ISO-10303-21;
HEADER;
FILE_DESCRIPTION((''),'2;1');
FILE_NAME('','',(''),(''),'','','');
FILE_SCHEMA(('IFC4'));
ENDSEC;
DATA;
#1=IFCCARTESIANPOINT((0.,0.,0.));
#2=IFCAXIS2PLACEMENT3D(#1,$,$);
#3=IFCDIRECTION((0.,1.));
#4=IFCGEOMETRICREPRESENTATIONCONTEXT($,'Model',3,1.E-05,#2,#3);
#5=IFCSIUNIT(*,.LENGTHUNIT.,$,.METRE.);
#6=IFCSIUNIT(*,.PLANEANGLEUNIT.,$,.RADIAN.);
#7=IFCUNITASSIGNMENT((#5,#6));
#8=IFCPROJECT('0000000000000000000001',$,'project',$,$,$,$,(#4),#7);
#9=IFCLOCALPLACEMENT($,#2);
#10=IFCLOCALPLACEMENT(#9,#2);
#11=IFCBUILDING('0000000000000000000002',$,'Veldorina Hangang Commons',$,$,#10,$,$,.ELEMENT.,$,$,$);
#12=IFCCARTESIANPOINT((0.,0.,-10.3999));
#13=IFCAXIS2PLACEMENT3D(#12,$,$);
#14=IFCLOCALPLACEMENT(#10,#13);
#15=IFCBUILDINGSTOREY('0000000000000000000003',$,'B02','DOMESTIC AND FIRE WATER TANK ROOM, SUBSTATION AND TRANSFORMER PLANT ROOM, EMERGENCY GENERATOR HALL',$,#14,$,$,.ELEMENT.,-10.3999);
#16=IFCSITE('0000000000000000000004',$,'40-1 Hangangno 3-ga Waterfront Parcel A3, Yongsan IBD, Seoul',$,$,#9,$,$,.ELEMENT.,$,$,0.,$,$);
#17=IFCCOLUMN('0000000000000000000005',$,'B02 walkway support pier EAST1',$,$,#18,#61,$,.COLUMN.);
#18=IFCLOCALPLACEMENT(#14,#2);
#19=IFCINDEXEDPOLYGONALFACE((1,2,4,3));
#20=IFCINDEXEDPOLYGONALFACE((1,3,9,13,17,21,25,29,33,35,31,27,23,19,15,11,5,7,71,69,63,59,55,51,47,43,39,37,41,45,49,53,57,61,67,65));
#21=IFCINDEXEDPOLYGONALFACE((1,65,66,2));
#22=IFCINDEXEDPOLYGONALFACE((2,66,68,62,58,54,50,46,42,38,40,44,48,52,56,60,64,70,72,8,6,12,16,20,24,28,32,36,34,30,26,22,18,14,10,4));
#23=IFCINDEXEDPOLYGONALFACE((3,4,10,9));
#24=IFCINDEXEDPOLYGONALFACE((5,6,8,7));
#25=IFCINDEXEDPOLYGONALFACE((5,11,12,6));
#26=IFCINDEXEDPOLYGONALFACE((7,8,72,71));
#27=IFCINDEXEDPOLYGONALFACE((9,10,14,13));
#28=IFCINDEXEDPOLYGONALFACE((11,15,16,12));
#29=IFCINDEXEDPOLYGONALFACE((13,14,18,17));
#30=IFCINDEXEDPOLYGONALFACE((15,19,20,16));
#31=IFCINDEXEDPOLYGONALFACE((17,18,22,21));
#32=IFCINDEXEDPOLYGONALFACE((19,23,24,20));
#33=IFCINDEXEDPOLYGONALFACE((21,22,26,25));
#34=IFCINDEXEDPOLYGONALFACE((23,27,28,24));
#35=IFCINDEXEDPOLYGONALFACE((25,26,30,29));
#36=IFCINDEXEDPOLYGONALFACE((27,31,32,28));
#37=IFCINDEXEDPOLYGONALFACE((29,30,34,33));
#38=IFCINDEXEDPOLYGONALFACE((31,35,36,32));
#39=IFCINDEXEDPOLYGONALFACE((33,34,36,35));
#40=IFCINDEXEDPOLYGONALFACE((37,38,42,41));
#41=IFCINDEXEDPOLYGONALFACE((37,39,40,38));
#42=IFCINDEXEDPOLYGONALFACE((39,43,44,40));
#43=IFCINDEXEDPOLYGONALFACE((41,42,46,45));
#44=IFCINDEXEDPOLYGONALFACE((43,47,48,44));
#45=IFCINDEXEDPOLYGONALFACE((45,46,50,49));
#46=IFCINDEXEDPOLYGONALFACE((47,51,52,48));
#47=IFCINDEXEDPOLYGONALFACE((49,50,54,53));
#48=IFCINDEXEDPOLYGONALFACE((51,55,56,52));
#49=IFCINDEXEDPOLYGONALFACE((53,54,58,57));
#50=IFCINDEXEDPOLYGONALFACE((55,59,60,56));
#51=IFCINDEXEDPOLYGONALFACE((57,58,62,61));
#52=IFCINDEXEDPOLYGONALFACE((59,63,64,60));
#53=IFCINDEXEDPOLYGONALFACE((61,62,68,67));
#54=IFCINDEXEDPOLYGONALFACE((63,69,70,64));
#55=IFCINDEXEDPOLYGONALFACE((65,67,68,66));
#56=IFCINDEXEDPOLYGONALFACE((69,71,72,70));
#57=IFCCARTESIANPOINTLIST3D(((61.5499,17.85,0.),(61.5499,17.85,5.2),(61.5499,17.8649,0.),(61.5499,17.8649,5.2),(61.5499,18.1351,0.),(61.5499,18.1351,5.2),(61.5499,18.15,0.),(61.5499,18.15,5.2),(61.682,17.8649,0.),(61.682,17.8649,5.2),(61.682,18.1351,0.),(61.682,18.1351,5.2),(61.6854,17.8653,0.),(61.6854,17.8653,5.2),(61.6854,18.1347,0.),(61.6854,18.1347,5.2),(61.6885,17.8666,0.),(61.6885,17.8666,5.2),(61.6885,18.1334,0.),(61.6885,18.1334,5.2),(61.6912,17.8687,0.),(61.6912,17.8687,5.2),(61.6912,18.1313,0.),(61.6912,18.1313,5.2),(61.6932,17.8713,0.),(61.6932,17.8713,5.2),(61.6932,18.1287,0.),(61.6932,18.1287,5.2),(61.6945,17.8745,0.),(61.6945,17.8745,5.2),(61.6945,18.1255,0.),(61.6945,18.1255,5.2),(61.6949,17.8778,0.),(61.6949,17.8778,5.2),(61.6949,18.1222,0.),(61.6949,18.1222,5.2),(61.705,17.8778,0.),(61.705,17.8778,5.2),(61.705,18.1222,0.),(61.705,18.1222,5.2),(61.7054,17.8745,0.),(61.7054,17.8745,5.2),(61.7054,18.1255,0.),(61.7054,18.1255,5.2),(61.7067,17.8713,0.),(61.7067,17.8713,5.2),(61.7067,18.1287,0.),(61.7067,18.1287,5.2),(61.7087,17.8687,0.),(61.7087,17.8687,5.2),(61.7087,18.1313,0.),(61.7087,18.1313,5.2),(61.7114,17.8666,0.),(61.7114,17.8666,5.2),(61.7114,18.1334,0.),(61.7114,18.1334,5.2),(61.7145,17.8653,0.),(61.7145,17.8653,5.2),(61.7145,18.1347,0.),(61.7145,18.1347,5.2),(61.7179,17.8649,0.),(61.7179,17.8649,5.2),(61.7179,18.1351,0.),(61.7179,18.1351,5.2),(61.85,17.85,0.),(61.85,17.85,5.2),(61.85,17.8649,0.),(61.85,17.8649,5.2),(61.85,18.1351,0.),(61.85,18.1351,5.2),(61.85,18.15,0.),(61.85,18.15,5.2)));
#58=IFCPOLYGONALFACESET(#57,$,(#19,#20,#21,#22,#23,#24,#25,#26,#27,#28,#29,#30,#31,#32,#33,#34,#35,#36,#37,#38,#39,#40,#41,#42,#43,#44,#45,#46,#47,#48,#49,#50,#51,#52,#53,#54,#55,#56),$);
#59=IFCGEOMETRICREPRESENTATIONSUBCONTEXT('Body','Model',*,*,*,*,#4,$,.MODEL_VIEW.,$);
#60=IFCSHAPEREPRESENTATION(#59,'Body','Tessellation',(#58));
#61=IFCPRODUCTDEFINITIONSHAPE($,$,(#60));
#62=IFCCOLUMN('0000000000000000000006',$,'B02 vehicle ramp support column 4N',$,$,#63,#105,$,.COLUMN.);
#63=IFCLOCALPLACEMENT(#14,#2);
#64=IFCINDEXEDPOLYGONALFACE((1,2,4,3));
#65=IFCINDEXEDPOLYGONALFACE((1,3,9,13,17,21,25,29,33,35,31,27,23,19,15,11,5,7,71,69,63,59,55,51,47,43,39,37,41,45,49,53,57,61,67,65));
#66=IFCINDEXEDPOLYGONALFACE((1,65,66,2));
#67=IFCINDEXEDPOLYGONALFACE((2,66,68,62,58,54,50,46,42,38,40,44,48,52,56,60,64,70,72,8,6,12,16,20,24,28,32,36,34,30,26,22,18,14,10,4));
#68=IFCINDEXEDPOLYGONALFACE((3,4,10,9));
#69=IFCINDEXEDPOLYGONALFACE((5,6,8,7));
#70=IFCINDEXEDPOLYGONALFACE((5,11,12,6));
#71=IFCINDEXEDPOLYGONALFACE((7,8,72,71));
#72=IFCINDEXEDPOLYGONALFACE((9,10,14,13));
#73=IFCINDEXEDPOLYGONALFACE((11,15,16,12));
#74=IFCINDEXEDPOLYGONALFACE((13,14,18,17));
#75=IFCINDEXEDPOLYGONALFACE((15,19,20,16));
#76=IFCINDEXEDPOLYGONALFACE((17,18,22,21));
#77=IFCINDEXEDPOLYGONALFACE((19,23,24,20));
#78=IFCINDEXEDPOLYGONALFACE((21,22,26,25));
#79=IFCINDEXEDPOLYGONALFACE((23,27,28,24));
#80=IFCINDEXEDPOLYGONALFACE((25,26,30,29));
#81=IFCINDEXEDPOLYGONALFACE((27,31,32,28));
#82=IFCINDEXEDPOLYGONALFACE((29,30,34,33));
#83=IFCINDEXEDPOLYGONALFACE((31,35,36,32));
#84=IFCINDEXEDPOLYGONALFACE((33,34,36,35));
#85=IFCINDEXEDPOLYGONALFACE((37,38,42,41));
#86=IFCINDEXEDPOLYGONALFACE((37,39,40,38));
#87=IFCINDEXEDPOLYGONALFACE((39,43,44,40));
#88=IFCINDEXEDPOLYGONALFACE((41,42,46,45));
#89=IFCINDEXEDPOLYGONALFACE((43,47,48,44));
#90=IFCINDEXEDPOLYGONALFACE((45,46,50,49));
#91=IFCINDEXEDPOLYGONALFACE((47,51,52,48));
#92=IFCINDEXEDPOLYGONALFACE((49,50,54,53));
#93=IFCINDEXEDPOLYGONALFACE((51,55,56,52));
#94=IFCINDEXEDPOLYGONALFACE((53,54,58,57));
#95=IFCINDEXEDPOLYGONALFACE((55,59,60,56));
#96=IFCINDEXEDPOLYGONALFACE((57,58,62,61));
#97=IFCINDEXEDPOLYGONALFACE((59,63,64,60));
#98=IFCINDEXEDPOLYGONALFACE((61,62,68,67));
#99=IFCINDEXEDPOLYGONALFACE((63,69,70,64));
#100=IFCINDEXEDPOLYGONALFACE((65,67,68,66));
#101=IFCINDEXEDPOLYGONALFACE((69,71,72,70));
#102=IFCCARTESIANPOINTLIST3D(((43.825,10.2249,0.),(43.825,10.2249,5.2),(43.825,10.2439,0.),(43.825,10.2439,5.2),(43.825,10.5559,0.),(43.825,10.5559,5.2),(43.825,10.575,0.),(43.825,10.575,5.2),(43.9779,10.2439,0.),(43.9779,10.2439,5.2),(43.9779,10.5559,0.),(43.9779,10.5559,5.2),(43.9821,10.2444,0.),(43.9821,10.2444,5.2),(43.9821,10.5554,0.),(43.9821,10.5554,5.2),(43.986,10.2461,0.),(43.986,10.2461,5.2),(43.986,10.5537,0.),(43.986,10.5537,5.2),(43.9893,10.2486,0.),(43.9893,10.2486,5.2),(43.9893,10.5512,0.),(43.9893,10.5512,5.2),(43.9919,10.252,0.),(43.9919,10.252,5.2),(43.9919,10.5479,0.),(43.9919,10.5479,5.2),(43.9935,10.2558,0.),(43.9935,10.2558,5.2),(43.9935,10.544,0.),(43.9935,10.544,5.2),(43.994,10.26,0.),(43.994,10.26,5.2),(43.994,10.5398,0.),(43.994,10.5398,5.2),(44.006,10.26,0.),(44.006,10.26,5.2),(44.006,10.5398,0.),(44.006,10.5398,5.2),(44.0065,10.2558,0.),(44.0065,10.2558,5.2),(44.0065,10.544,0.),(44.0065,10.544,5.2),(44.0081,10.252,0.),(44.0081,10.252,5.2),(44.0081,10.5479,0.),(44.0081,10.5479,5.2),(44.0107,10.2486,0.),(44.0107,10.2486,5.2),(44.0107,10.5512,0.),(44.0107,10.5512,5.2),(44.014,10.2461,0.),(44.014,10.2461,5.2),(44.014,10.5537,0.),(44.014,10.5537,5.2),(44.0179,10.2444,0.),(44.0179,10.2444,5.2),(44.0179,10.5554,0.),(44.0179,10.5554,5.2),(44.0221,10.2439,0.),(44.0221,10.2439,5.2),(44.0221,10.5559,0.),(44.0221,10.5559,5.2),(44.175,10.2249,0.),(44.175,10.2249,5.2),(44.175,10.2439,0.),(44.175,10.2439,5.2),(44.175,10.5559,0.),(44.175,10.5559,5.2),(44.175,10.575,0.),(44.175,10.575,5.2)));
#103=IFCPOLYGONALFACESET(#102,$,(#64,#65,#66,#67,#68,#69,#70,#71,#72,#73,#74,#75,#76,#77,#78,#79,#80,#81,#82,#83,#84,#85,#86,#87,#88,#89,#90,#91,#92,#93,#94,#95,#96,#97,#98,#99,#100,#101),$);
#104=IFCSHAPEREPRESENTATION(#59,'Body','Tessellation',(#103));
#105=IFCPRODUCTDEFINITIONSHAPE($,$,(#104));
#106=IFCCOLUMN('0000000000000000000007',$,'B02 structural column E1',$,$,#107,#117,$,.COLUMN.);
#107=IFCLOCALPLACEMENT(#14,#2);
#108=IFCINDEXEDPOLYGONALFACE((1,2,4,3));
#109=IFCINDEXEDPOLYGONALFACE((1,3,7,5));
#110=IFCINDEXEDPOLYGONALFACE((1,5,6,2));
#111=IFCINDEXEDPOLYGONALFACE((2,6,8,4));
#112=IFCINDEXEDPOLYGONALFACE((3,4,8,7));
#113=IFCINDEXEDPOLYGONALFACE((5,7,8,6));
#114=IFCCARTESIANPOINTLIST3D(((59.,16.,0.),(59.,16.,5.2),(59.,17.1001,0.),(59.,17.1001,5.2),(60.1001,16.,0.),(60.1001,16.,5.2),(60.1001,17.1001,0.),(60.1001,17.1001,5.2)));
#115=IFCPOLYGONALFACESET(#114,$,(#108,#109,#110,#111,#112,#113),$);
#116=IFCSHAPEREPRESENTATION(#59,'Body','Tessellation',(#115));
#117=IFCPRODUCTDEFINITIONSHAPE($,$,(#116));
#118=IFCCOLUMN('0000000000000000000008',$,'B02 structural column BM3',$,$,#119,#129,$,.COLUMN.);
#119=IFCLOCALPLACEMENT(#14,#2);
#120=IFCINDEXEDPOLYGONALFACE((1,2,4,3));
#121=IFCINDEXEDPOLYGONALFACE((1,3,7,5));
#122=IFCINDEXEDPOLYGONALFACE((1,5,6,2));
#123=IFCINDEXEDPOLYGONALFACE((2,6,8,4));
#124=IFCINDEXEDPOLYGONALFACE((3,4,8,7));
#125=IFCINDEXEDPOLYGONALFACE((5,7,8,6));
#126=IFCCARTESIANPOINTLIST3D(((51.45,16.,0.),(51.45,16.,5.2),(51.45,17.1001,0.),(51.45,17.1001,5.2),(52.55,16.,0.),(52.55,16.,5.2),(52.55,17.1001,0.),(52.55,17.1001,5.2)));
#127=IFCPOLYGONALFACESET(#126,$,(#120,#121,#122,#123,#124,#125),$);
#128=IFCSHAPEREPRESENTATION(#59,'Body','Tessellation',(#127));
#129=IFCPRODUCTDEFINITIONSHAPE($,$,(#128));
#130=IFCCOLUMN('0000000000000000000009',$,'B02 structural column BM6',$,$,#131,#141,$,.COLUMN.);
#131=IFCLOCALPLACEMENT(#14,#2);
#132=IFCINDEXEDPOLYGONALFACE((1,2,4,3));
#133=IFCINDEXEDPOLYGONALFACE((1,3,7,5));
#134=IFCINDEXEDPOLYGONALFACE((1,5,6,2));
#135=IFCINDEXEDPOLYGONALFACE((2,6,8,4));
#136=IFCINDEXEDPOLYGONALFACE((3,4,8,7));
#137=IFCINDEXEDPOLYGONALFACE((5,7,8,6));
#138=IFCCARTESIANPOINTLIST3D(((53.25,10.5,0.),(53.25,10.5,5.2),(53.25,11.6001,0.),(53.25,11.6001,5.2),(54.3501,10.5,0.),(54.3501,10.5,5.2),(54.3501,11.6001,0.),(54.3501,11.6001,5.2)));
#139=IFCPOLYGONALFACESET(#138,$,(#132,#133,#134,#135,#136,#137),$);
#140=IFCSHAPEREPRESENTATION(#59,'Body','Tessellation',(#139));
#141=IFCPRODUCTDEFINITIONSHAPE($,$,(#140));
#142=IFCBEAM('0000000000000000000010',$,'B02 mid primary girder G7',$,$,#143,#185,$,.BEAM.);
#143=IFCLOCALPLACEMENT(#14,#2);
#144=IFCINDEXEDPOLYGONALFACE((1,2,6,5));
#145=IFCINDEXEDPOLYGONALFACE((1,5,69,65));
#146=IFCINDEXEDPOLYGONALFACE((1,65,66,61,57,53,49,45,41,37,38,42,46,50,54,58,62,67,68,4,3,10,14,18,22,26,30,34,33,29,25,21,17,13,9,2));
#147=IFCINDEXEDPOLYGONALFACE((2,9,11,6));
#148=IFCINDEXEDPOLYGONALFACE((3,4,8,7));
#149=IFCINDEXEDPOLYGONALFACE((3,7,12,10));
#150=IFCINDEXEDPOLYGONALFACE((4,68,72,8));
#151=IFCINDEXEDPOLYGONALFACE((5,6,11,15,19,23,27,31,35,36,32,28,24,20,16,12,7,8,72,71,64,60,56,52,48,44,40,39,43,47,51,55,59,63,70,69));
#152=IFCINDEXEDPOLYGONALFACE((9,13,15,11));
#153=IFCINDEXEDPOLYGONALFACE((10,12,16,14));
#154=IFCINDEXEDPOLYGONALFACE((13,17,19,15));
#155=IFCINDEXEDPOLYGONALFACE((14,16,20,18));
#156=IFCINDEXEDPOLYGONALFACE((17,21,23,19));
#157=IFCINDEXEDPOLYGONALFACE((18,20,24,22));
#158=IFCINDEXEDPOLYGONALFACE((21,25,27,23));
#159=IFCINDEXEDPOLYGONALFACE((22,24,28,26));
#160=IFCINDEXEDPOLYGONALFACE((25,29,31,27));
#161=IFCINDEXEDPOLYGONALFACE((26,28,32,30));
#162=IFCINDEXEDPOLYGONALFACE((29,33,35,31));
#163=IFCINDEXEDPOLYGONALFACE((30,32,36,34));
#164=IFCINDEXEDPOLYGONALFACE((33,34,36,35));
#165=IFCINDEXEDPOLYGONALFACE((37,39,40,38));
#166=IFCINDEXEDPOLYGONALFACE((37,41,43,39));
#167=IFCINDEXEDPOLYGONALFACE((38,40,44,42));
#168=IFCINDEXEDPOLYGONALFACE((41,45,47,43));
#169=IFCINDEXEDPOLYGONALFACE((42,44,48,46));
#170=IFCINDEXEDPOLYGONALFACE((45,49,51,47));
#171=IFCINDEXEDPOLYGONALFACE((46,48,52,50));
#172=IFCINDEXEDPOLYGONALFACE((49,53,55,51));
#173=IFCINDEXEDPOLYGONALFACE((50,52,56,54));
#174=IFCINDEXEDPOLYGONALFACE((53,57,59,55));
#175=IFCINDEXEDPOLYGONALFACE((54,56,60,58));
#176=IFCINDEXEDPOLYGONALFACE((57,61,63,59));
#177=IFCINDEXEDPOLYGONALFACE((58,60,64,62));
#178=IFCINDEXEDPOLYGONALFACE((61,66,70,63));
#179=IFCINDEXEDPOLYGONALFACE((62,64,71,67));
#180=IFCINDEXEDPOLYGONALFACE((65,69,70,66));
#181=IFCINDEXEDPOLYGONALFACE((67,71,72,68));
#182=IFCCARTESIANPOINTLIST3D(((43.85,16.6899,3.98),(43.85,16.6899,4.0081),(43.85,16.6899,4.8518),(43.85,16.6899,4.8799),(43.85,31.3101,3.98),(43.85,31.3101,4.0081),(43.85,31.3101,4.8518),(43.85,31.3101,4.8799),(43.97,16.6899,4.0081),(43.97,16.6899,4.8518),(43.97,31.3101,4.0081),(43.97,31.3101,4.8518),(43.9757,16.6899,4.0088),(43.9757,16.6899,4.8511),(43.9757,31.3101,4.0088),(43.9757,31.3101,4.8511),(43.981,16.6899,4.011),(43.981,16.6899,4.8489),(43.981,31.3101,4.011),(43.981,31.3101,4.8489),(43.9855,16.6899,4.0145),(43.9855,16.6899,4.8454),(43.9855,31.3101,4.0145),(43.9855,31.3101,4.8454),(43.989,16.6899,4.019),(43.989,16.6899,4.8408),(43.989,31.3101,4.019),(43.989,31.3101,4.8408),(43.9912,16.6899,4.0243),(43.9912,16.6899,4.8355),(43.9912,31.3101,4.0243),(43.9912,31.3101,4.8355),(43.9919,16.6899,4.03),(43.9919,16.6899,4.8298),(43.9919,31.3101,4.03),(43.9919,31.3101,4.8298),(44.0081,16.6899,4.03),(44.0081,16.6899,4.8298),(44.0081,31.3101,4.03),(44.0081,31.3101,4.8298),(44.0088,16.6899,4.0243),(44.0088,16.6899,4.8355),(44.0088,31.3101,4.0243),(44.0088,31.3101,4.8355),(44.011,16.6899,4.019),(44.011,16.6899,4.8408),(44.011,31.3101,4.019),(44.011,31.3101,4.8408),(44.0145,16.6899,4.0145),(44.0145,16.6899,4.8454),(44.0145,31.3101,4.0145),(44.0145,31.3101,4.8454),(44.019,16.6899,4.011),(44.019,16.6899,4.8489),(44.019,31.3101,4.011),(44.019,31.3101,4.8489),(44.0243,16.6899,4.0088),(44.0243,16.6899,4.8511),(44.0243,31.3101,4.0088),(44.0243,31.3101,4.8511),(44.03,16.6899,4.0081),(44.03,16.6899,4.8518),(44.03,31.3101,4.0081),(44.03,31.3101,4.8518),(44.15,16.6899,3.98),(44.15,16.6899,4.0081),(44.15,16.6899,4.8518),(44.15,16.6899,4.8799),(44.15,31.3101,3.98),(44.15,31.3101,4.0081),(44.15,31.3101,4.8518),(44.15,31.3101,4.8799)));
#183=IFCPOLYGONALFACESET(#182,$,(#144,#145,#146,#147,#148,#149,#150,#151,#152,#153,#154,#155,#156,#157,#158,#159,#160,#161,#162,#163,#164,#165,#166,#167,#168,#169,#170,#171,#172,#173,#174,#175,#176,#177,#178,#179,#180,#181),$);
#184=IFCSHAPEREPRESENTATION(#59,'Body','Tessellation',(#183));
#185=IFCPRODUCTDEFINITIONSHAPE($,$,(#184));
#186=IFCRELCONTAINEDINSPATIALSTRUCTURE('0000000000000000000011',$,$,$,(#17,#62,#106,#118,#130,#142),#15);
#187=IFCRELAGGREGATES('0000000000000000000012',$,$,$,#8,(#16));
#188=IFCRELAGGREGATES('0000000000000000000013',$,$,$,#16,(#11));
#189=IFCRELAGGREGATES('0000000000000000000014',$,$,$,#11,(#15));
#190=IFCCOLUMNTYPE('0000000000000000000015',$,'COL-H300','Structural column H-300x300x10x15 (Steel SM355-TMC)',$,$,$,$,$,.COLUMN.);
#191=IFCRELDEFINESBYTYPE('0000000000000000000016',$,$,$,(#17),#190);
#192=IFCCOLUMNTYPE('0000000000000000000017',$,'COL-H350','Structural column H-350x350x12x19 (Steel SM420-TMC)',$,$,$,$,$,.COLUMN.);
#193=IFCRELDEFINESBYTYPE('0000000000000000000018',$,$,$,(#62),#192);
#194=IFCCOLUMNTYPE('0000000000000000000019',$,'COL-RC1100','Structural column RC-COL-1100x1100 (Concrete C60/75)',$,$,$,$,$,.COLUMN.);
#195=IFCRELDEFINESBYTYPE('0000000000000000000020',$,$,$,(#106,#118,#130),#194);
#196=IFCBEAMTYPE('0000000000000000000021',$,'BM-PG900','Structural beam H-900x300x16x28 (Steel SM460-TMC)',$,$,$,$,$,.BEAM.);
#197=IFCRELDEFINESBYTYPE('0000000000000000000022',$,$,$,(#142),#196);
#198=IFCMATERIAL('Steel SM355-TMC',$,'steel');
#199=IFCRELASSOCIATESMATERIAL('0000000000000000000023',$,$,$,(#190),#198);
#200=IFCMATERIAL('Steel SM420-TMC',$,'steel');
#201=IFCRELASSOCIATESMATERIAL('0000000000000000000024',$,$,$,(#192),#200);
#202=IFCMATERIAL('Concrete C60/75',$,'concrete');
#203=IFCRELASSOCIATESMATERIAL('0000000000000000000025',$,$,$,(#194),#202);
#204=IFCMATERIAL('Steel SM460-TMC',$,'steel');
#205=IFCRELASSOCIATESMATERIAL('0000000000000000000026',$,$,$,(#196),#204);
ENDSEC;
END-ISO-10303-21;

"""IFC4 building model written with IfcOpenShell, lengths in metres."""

from ifc_helpers import new_model, si_unit, direction, frame, origin, origin_2d, place, context, subcontext, project, spatial, rectangle, i_section, extrude, material, material_profile, profile_set, type_object, element, save


model = new_model("IFC4")

# Units and contexts
model_context = context("Model", 3, precision=1e-05, world=origin(), true_north=direction((0.0, 1.0)))
body_context = subcontext(model_context, "Body", "Model", "MODEL_VIEW")
ifc_project = project(units=[si_unit("LENGTHUNIT", "METRE"), si_unit("PLANEANGLEUNIT", "RADIAN")], contexts=[model_context])

# Site, building, storey
site_placement = place(None, origin())
site = spatial("IfcSite", under=ifc_project, at=site_placement, Name="40-1 Hangangno 3-ga Waterfront Parcel A3, Yongsan IBD, Seoul", CompositionType="ELEMENT", RefElevation=0.0)
building_placement = place(site_placement, origin())
building = spatial("IfcBuilding", under=site, at=building_placement, Name="Veldorina Hangang Commons", CompositionType="ELEMENT")
storey_placement = place(building_placement, frame((0.0, 0.0, -10.3999)))
storey = spatial("IfcBuildingStorey", under=building, at=storey_placement, Name="B02", Description="DOMESTIC AND FIRE WATER TANK ROOM, SUBSTATION AND TRANSFORMER PLANT ROOM, EMERGENCY GENERATOR HALL", CompositionType="ELEMENT", Elevation=-10.3999)

# Columns
ifc_material_1 = material(Name="Steel SM355-TMC", Category="steel")
ifc_material_profile_1 = material_profile(ifc_material_1, i_section(OverallWidth=0.3, OverallDepth=0.3, WebThickness=0.01, FlangeThickness=0.0149, FilletRadius=0.0129, at=origin_2d()), Name="H-300x300x10x15")
ifc_profile_set_1 = profile_set([ifc_material_profile_1], Name="Steel SM355-TMC")
column_type_1 = type_object("IfcColumnType", Name="COL-H300", Description="Structural column H-300x300x10x15 (Steel SM355-TMC)", PredefinedType="COLUMN", material=ifc_profile_set_1)
column_1_placement = place(storey_placement, frame((61.7, 18.0, 0.0), z_axis=(0.0, 0.0, 1.0), x_axis=(1.0, 0.0, 0.0)))
element("IfcColumn", 1, at=column_1_placement, inside=storey, type_object=column_type_1, Name="B02 walkway support pier EAST1", PredefinedType="COLUMN", context=body_context, shape_type="SweptSolid", body=[
    extrude(i_section(OverallWidth=0.3, OverallDepth=0.3, WebThickness=0.01, FlangeThickness=0.0149, FilletRadius=0.0129, at=origin_2d()), origin(), (0.0, 0.0, 1.0), 5.2),
])
ifc_material_2 = material(Name="Steel SM420-TMC", Category="steel")
ifc_material_profile_2 = material_profile(ifc_material_2, i_section(OverallWidth=0.3501, OverallDepth=0.3501, WebThickness=0.012, FlangeThickness=0.019, FilletRadius=0.0161, at=origin_2d()), Name="H-350x350x12x19")
ifc_profile_set_2 = profile_set([ifc_material_profile_2], Name="Steel SM420-TMC")
column_type_2 = type_object("IfcColumnType", Name="COL-H350", Description="Structural column H-350x350x12x19 (Steel SM420-TMC)", PredefinedType="COLUMN", material=ifc_profile_set_2)
column_2_placement = place(storey_placement, frame((44.0, 10.3999, 0.0), z_axis=(0.0, 0.0, 1.0), x_axis=(1.0, 0.0, 0.0)))
element("IfcColumn", 2, at=column_2_placement, inside=storey, type_object=column_type_2, Name="B02 vehicle ramp support column 4N", PredefinedType="COLUMN", context=body_context, shape_type="SweptSolid", body=[
    extrude(i_section(OverallWidth=0.3501, OverallDepth=0.3501, WebThickness=0.012, FlangeThickness=0.019, FilletRadius=0.0161, at=origin_2d()), origin(), (0.0, 0.0, 1.0), 5.2),
])
ifc_material_3 = material(Name="Concrete C60/75", Category="concrete")
ifc_material_profile_3 = material_profile(ifc_material_3, rectangle(XDim=1.1001, YDim=1.1001, at=origin_2d()), Name="RC-COL-1100x1100")
ifc_profile_set_3 = profile_set([ifc_material_profile_3], Name="Concrete C60/75")
column_type_3 = type_object("IfcColumnType", Name="COL-RC1100", Description="Structural column RC-COL-1100x1100 (Concrete C60/75)", PredefinedType="COLUMN", material=ifc_profile_set_3)
for number, where, z_axis, x_axis, name in (
    (3, (59.55, 16.55, 0.0), (0.0, 0.0, 1.0), (1.0, 0.0, 0.0), "B02 structural column E1"),
    (4, (52.0, 16.55, 0.0), (0.0, 0.0, 1.0), (1.0, 0.0, 0.0), "B02 structural column BM3"),
    (5, (53.8, 11.05, 0.0), (0.0, 0.0, 1.0), (1.0, 0.0, 0.0), "B02 structural column BM6"),
):
    element("IfcColumn", number, at=place(storey_placement, frame(where, z_axis=z_axis, x_axis=x_axis)), inside=storey, type_object=column_type_3, Name=name, PredefinedType="COLUMN", context=body_context, shape_type="SweptSolid", body=[
        extrude(rectangle(XDim=1.1001, YDim=1.1001, at=origin_2d()), origin(), (0.0, 0.0, 1.0), 5.2),
    ])

# Beam
ifc_material_4 = material(Name="Steel SM460-TMC", Category="steel")
ifc_material_profile_4 = material_profile(ifc_material_4, i_section(OverallWidth=0.3, OverallDepth=0.8999, WebThickness=0.0161, FlangeThickness=0.0281, FilletRadius=0.022, at=origin_2d()), Name="H-900x300x16x28")
ifc_profile_set_4 = profile_set([ifc_material_profile_4], Name="Steel SM460-TMC")
beam_type_1 = type_object("IfcBeamType", Name="BM-PG900", Description="Structural beam H-900x300x16x28 (Steel SM460-TMC)", PredefinedType="BEAM", material=ifc_profile_set_4)
beam_1_placement = place(storey_placement, frame((44.0, 16.6899, 4.4299), z_axis=(0.0, 1.0, 0.0), x_axis=(-1.0, 0.0, 0.0)))
element("IfcBeam", 6, at=beam_1_placement, inside=storey, type_object=beam_type_1, Name="B02 mid primary girder G7", PredefinedType="BEAM", context=body_context, shape_type="SweptSolid", body=[
    extrude(i_section(OverallWidth=0.3, OverallDepth=0.8999, WebThickness=0.0161, FlangeThickness=0.0281, FilletRadius=0.022, at=origin_2d()), origin(), (0.0, 0.0, 1.0), 14.6201),
])

save(model, "model.ifc")
